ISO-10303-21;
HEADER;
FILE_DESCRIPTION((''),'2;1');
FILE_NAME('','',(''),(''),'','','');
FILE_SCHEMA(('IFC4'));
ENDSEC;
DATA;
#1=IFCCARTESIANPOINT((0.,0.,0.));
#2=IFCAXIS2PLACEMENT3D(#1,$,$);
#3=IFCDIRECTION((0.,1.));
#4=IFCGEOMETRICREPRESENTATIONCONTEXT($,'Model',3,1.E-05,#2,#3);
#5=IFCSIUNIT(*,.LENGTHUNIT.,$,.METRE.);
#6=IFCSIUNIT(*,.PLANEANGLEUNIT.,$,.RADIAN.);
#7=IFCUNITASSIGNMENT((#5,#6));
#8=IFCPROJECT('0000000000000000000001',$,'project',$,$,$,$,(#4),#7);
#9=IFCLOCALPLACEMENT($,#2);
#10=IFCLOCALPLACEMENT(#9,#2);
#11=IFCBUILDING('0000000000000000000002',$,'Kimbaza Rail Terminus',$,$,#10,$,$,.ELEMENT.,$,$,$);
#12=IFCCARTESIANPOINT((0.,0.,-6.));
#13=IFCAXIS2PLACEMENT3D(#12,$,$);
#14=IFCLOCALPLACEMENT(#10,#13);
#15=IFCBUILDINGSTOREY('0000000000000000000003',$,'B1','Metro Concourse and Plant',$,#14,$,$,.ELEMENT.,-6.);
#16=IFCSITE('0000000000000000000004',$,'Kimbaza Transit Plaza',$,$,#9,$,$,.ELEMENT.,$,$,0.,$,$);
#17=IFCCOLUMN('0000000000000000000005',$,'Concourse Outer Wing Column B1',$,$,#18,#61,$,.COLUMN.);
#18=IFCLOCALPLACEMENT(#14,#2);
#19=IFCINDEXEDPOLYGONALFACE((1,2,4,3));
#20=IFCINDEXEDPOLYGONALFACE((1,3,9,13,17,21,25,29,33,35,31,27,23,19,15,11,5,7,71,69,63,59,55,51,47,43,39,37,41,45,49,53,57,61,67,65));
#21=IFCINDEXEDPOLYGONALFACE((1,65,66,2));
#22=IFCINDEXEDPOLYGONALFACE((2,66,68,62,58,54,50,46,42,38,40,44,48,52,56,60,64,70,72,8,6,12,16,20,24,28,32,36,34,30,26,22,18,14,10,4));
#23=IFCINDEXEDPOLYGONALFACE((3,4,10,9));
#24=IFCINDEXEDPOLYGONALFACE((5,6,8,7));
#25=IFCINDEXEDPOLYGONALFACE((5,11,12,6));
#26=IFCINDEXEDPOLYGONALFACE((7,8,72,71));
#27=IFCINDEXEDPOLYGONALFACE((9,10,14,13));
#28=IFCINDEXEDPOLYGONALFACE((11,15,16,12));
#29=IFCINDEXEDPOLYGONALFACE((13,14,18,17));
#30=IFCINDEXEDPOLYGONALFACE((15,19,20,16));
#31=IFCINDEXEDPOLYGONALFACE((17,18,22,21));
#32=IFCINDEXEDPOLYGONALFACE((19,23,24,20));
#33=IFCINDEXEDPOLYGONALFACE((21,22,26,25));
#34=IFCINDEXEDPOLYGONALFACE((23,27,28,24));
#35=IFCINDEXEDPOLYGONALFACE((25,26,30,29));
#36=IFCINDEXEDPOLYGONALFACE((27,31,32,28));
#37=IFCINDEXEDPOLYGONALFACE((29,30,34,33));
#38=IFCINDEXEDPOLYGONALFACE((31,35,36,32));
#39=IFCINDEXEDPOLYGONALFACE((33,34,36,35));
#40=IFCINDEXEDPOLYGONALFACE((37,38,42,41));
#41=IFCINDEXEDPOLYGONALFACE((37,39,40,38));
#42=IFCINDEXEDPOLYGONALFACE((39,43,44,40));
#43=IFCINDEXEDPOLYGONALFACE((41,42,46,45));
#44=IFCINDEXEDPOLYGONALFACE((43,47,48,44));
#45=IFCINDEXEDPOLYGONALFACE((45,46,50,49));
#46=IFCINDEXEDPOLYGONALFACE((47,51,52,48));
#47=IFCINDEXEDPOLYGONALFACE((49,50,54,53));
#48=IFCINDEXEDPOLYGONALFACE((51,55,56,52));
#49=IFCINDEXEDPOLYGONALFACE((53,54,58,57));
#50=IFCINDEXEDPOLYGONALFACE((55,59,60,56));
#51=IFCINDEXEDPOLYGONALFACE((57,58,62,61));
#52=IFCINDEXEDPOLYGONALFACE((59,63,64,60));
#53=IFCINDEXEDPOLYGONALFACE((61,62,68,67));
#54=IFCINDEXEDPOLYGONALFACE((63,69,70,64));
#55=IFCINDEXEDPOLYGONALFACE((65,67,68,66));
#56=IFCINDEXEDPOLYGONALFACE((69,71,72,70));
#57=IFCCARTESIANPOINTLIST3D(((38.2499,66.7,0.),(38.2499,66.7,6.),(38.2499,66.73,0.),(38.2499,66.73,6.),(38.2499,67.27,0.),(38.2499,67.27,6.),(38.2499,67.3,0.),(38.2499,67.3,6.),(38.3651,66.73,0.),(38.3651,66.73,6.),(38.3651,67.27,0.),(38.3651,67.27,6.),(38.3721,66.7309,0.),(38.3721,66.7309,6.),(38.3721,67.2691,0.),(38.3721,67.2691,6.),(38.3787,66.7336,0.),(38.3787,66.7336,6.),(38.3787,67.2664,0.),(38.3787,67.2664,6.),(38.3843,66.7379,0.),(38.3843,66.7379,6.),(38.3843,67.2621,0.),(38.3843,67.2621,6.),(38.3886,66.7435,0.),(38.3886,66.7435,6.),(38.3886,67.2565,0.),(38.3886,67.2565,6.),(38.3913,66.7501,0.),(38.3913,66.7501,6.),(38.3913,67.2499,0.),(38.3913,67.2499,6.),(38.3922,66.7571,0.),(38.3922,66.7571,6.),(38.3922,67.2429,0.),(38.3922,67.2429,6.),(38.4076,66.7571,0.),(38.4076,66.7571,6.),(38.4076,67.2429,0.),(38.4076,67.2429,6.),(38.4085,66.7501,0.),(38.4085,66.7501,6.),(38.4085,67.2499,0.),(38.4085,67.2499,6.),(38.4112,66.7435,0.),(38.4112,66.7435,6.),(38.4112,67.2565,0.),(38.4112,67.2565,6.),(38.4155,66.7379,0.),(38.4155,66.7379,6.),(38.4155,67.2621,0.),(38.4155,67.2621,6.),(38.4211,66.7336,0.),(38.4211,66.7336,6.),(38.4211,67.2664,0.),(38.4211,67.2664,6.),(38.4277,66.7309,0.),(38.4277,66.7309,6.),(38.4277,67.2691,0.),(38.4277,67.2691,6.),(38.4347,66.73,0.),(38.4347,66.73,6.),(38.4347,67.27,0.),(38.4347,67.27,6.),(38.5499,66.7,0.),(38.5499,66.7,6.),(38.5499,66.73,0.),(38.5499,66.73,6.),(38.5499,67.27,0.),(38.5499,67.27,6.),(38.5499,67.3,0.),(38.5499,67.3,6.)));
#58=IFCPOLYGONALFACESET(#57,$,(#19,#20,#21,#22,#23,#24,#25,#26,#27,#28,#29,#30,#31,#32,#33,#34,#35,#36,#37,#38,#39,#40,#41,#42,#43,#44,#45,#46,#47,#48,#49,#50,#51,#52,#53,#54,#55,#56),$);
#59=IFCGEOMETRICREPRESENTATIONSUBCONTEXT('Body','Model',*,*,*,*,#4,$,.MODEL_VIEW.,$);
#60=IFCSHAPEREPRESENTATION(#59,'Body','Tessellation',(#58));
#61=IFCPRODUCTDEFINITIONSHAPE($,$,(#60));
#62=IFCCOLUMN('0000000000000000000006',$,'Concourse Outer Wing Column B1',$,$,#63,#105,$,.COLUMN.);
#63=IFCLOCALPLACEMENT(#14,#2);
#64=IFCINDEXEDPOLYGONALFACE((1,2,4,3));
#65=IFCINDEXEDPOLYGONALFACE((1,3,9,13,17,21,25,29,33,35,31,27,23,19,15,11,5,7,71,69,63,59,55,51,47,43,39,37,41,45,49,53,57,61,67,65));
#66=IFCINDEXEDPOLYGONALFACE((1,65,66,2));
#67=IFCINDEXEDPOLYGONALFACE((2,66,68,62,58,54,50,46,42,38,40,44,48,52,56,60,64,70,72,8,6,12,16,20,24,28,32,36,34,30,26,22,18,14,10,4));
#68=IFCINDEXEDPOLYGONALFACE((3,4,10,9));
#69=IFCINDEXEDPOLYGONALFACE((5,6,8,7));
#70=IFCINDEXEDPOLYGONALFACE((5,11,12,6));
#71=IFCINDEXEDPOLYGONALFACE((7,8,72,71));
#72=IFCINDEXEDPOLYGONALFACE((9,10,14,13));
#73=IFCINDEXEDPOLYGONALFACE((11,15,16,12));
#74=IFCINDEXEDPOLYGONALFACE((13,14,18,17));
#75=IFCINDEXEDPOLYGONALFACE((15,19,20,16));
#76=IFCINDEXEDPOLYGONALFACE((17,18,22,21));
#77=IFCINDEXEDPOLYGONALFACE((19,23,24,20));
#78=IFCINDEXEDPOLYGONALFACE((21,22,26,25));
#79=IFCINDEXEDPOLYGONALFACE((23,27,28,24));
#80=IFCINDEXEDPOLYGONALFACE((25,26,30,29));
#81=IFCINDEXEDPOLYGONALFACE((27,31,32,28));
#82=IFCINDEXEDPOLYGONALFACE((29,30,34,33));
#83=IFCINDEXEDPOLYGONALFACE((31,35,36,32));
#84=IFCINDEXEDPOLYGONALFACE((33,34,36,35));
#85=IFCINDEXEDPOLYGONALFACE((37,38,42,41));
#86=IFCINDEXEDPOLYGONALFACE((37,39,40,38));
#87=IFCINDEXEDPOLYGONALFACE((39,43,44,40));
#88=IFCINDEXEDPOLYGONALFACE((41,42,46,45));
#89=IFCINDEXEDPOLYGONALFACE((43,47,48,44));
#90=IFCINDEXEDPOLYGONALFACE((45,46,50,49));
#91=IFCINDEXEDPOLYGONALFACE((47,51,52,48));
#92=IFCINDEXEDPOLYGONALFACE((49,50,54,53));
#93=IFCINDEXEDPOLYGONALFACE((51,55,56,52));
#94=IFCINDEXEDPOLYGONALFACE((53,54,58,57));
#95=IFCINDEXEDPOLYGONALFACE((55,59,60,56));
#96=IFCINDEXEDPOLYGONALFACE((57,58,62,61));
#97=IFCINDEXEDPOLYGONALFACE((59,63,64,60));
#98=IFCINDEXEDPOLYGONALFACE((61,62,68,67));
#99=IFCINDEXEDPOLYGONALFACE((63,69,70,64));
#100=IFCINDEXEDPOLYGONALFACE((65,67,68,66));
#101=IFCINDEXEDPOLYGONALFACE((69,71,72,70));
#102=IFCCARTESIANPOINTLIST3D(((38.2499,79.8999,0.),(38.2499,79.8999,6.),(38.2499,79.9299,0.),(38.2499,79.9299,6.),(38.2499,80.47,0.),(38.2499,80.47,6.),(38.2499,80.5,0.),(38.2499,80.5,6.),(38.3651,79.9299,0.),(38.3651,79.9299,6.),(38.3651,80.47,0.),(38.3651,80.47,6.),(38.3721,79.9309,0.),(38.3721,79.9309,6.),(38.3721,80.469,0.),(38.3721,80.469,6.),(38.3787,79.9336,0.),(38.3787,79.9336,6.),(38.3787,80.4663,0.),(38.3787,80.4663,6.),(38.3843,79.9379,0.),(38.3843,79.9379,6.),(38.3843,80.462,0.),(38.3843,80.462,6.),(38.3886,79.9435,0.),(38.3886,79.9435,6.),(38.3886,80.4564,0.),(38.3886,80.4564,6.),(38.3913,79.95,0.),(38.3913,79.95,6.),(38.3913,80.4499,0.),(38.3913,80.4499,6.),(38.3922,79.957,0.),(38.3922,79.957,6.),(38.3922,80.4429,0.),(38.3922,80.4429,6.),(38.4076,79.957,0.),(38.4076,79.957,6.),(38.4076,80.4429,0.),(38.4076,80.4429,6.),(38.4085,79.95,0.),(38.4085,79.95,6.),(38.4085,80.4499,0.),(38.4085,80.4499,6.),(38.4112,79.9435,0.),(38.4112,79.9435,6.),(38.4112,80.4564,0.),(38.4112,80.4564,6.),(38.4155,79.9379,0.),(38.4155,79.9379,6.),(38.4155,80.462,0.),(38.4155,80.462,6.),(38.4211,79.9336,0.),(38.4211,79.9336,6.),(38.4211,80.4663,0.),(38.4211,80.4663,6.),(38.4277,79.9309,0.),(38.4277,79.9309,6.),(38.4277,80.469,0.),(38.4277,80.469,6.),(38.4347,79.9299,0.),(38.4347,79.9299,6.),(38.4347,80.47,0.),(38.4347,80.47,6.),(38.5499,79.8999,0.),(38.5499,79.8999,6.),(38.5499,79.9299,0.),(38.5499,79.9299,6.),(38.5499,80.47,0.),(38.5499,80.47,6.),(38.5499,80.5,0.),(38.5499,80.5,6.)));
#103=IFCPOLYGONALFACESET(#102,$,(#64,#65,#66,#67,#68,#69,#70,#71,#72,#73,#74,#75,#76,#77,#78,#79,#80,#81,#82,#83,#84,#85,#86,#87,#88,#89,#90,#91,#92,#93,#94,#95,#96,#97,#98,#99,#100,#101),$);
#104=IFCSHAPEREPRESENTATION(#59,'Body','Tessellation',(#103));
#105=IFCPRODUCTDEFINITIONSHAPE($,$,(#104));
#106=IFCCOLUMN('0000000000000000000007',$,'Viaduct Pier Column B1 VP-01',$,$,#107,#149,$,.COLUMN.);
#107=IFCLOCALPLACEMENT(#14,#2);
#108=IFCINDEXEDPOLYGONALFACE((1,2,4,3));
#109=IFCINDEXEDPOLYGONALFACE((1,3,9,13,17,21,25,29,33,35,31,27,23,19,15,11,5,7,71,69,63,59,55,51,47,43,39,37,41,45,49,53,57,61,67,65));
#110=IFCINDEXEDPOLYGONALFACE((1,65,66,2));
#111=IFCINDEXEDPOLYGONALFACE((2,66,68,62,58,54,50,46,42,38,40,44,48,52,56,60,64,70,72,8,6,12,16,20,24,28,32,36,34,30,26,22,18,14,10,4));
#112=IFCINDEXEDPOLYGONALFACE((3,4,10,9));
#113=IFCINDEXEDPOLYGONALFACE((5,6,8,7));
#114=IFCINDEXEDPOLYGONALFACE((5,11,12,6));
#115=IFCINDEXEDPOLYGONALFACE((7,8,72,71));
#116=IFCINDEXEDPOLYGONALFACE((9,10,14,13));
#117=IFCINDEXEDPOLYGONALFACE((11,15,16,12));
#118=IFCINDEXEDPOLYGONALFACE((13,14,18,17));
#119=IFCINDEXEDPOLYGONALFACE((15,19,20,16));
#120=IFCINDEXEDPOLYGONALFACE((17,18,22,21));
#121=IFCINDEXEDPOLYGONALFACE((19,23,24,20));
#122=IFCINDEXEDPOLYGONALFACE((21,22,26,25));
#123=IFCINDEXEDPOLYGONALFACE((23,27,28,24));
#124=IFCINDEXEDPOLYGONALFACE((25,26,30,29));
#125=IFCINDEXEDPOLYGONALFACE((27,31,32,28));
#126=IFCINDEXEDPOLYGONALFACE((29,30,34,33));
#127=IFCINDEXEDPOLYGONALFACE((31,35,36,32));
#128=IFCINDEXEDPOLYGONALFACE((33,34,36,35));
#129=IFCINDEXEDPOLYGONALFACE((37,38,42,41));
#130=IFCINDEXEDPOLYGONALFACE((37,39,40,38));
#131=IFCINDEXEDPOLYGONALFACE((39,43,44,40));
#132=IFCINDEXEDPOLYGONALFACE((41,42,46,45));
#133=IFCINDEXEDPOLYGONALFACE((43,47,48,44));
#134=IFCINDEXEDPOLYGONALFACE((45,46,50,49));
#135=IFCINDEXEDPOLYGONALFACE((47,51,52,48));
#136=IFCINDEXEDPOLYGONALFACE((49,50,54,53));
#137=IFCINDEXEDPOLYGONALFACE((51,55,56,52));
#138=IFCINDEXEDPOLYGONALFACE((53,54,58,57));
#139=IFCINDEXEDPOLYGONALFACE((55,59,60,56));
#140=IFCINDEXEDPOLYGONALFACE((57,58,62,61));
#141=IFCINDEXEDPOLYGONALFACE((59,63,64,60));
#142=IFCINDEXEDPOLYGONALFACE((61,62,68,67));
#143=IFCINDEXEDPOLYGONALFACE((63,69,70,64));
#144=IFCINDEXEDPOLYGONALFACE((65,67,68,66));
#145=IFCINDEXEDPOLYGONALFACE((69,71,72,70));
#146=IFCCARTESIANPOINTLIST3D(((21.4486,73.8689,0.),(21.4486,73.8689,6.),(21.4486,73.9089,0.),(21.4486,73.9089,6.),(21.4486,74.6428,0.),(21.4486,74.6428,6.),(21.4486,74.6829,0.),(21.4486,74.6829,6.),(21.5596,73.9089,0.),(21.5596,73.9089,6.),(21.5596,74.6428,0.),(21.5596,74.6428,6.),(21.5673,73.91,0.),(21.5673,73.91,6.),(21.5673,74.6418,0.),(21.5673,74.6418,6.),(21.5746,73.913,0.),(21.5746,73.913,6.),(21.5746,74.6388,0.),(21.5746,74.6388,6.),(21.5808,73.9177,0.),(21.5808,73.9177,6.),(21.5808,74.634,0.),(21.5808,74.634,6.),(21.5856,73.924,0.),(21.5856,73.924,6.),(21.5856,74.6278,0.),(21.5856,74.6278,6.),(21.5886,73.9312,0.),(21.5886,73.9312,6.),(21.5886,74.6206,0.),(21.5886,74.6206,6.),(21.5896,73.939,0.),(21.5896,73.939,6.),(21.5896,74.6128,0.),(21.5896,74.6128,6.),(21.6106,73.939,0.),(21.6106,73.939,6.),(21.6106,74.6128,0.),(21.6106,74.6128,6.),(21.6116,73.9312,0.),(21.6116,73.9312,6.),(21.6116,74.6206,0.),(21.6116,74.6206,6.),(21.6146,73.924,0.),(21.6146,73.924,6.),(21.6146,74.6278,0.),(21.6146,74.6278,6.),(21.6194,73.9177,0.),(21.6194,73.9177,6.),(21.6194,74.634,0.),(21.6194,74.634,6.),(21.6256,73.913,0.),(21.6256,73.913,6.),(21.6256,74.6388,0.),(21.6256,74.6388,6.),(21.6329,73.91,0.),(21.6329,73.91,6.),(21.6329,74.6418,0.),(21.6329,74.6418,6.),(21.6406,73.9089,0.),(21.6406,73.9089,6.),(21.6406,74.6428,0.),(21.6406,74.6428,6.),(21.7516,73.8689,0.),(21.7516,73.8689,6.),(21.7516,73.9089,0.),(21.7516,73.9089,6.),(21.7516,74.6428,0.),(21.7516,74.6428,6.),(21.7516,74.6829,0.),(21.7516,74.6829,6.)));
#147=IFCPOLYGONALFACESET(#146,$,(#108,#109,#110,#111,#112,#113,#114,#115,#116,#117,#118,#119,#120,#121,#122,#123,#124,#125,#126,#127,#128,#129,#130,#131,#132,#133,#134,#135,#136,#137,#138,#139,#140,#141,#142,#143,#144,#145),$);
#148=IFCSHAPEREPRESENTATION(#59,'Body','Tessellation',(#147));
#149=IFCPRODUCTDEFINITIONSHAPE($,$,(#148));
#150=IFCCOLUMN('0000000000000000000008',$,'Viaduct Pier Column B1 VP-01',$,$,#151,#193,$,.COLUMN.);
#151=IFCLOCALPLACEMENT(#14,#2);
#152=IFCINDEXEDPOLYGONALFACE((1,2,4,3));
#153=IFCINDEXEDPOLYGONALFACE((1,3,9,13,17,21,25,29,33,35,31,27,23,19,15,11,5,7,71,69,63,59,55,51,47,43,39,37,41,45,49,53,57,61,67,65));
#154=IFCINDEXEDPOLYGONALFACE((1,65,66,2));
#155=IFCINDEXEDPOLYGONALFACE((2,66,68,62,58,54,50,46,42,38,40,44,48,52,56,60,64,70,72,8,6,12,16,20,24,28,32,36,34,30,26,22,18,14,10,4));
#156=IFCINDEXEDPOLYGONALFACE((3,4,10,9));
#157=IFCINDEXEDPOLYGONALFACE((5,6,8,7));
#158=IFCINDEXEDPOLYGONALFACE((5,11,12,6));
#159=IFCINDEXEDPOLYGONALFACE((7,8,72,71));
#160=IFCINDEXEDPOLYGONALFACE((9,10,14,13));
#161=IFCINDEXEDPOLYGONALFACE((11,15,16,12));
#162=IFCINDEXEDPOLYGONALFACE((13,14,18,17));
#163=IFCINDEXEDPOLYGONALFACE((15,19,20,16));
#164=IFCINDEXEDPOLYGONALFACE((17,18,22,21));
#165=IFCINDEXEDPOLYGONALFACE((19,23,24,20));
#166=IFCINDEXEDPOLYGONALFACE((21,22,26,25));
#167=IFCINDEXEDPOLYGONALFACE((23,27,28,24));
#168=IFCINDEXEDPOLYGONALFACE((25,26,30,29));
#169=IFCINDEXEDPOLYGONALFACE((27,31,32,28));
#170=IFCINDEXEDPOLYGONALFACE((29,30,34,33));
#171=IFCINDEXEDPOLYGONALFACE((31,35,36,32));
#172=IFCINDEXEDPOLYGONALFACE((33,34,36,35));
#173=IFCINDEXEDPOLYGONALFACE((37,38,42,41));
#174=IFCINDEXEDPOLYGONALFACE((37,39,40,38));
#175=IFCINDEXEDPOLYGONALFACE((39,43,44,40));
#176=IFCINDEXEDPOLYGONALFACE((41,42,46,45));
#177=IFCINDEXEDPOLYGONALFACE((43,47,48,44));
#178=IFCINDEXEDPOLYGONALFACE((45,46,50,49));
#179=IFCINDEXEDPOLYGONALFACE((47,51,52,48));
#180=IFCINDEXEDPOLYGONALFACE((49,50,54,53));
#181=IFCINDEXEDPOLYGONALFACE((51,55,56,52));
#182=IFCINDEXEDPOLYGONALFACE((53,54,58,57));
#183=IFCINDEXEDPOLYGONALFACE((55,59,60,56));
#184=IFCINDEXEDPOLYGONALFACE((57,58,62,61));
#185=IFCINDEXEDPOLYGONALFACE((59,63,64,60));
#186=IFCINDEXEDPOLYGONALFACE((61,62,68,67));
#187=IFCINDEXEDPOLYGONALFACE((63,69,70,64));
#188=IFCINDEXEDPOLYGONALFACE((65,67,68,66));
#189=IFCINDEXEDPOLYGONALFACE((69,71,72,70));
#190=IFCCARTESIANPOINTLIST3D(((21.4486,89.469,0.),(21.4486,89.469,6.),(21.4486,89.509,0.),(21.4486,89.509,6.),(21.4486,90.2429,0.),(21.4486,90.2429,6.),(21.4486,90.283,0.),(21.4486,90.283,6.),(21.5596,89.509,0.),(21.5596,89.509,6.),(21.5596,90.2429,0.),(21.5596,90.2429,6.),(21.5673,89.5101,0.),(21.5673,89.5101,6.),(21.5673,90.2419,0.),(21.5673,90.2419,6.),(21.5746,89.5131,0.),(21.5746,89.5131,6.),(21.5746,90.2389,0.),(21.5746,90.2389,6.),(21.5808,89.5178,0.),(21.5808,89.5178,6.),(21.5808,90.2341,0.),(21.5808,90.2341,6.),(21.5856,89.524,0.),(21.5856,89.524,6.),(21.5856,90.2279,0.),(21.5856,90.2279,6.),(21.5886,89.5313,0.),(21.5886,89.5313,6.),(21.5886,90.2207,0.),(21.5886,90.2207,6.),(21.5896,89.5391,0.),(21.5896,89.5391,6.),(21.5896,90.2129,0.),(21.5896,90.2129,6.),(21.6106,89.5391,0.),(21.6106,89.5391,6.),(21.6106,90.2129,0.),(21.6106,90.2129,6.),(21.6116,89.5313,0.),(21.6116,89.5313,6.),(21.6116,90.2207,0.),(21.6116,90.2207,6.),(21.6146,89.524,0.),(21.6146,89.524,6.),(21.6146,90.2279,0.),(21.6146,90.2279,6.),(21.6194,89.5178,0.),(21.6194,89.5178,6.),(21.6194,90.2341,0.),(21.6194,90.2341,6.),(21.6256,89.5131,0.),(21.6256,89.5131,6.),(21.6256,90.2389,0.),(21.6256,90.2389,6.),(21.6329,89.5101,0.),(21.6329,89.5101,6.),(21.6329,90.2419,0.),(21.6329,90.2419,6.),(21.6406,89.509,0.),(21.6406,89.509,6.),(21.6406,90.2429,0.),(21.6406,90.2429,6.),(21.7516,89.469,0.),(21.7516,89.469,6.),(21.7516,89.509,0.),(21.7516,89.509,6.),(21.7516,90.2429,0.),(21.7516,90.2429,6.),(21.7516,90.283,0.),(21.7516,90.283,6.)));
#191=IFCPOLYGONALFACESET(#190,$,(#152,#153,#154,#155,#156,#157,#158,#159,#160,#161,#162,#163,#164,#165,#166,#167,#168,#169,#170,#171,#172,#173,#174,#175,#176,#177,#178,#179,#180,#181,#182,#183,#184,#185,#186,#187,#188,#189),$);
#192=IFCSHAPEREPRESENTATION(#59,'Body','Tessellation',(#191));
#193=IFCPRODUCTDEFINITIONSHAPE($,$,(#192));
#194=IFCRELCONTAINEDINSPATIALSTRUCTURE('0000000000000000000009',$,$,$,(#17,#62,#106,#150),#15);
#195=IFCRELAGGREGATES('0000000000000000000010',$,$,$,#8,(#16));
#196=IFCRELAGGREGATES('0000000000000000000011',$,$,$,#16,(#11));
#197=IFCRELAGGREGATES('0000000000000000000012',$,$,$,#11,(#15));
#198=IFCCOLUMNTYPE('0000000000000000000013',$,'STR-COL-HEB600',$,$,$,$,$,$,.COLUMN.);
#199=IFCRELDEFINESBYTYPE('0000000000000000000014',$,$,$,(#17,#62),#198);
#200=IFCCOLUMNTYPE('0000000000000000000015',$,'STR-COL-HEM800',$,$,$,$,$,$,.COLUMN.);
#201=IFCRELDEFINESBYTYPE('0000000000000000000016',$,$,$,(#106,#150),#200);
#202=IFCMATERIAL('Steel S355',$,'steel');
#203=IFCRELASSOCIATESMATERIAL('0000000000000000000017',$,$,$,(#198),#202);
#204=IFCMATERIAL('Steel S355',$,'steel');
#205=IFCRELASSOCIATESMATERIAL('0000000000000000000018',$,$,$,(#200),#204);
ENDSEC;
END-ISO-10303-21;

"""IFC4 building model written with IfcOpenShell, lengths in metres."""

from ifc_helpers import new_model, si_unit, direction, frame, origin, origin_2d, place, context, subcontext, project, spatial, i_section, extrude, material, material_profile, profile_set, type_object, element, save


model = new_model("IFC4")

# Units and contexts
model_context = context("Model", 3, precision=1e-05, world=origin(), true_north=direction((0.0, 1.0)))
body_context = subcontext(model_context, "Body", "Model", "MODEL_VIEW")
ifc_project = project(units=[si_unit("LENGTHUNIT", "METRE"), si_unit("PLANEANGLEUNIT", "RADIAN")], contexts=[model_context])

# Site, building, storey
site_placement = place(None, origin())
site = spatial("IfcSite", under=ifc_project, at=site_placement, Name="Kimbaza Transit Plaza", CompositionType="ELEMENT", RefElevation=0.0)
building_placement = place(site_placement, origin())
building = spatial("IfcBuilding", under=site, at=building_placement, Name="Kimbaza Rail Terminus", CompositionType="ELEMENT")
storey_placement = place(building_placement, frame((0.0, 0.0, -6.0)))
storey = spatial("IfcBuildingStorey", under=building, at=storey_placement, Name="B1", Description="Metro Concourse and Plant", CompositionType="ELEMENT", Elevation=-6.0)

# Columns
ifc_material_1 = material(Name="Steel S355", Category="steel")
ifc_material_profile_1 = material_profile(ifc_material_1, i_section(OverallWidth=0.3, OverallDepth=0.6001, WebThickness=0.0154, FlangeThickness=0.03, FilletRadius=0.0271, at=origin_2d()), Name="HEB 600")
ifc_profile_set_1 = profile_set([ifc_material_profile_1], Name="Steel S355")
column_type_1 = type_object("IfcColumnType", Name="STR-COL-HEB600", PredefinedType="COLUMN", material=ifc_profile_set_1)
for number, where, z_axis, x_axis, name in (
    (1, (38.3999, 67.0, 0.0), (0.0, 0.0, 1.0), (1.0, 0.0, 0.0), "Concourse Outer Wing Column B1"),
    (2, (38.3999, 80.2, 0.0), (0.0, 0.0, 1.0), (1.0, 0.0, 0.0), "Concourse Outer Wing Column B1"),
):
    element("IfcColumn", number, at=place(storey_placement, frame(where, z_axis=z_axis, x_axis=x_axis)), inside=storey, type_object=column_type_1, Name=name, PredefinedType="COLUMN", context=body_context, shape_type="SweptSolid", body=[
        extrude(i_section(OverallWidth=0.3, OverallDepth=0.6001, WebThickness=0.0154, FlangeThickness=0.03, FilletRadius=0.0271, at=origin_2d()), origin(), (0.0, 0.0, 1.0), 6.0),
    ])
ifc_material_2 = material(Name="Steel S355", Category="steel")
ifc_material_profile_2 = material_profile(ifc_material_2, i_section(OverallWidth=0.303, OverallDepth=0.814, WebThickness=0.021, FlangeThickness=0.04, FilletRadius=0.03, at=origin_2d()), Name="HEM 800")
ifc_profile_set_2 = profile_set([ifc_material_profile_2], Name="Steel S355")
column_type_2 = type_object("IfcColumnType", Name="STR-COL-HEM800", PredefinedType="COLUMN", material=ifc_profile_set_2)
for number, where, z_axis, x_axis, name in (
    (3, (21.6001, 74.2759, 0.0), (0.0, 0.0, 1.0), (1.0, 0.0, 0.0), "Viaduct Pier Column B1 VP-01"),
    (4, (21.6001, 89.876, 0.0), (0.0, 0.0, 1.0), (1.0, 0.0, 0.0), "Viaduct Pier Column B1 VP-01"),
):
    element("IfcColumn", number, at=place(storey_placement, frame(where, z_axis=z_axis, x_axis=x_axis)), inside=storey, type_object=column_type_2, Name=name, PredefinedType="COLUMN", context=body_context, shape_type="SweptSolid", body=[
        extrude(i_section(OverallWidth=0.303, OverallDepth=0.814, WebThickness=0.021, FlangeThickness=0.04, FilletRadius=0.03, at=origin_2d()), origin(), (0.0, 0.0, 1.0), 6.0),
    ])

save(model, "model.ifc")
